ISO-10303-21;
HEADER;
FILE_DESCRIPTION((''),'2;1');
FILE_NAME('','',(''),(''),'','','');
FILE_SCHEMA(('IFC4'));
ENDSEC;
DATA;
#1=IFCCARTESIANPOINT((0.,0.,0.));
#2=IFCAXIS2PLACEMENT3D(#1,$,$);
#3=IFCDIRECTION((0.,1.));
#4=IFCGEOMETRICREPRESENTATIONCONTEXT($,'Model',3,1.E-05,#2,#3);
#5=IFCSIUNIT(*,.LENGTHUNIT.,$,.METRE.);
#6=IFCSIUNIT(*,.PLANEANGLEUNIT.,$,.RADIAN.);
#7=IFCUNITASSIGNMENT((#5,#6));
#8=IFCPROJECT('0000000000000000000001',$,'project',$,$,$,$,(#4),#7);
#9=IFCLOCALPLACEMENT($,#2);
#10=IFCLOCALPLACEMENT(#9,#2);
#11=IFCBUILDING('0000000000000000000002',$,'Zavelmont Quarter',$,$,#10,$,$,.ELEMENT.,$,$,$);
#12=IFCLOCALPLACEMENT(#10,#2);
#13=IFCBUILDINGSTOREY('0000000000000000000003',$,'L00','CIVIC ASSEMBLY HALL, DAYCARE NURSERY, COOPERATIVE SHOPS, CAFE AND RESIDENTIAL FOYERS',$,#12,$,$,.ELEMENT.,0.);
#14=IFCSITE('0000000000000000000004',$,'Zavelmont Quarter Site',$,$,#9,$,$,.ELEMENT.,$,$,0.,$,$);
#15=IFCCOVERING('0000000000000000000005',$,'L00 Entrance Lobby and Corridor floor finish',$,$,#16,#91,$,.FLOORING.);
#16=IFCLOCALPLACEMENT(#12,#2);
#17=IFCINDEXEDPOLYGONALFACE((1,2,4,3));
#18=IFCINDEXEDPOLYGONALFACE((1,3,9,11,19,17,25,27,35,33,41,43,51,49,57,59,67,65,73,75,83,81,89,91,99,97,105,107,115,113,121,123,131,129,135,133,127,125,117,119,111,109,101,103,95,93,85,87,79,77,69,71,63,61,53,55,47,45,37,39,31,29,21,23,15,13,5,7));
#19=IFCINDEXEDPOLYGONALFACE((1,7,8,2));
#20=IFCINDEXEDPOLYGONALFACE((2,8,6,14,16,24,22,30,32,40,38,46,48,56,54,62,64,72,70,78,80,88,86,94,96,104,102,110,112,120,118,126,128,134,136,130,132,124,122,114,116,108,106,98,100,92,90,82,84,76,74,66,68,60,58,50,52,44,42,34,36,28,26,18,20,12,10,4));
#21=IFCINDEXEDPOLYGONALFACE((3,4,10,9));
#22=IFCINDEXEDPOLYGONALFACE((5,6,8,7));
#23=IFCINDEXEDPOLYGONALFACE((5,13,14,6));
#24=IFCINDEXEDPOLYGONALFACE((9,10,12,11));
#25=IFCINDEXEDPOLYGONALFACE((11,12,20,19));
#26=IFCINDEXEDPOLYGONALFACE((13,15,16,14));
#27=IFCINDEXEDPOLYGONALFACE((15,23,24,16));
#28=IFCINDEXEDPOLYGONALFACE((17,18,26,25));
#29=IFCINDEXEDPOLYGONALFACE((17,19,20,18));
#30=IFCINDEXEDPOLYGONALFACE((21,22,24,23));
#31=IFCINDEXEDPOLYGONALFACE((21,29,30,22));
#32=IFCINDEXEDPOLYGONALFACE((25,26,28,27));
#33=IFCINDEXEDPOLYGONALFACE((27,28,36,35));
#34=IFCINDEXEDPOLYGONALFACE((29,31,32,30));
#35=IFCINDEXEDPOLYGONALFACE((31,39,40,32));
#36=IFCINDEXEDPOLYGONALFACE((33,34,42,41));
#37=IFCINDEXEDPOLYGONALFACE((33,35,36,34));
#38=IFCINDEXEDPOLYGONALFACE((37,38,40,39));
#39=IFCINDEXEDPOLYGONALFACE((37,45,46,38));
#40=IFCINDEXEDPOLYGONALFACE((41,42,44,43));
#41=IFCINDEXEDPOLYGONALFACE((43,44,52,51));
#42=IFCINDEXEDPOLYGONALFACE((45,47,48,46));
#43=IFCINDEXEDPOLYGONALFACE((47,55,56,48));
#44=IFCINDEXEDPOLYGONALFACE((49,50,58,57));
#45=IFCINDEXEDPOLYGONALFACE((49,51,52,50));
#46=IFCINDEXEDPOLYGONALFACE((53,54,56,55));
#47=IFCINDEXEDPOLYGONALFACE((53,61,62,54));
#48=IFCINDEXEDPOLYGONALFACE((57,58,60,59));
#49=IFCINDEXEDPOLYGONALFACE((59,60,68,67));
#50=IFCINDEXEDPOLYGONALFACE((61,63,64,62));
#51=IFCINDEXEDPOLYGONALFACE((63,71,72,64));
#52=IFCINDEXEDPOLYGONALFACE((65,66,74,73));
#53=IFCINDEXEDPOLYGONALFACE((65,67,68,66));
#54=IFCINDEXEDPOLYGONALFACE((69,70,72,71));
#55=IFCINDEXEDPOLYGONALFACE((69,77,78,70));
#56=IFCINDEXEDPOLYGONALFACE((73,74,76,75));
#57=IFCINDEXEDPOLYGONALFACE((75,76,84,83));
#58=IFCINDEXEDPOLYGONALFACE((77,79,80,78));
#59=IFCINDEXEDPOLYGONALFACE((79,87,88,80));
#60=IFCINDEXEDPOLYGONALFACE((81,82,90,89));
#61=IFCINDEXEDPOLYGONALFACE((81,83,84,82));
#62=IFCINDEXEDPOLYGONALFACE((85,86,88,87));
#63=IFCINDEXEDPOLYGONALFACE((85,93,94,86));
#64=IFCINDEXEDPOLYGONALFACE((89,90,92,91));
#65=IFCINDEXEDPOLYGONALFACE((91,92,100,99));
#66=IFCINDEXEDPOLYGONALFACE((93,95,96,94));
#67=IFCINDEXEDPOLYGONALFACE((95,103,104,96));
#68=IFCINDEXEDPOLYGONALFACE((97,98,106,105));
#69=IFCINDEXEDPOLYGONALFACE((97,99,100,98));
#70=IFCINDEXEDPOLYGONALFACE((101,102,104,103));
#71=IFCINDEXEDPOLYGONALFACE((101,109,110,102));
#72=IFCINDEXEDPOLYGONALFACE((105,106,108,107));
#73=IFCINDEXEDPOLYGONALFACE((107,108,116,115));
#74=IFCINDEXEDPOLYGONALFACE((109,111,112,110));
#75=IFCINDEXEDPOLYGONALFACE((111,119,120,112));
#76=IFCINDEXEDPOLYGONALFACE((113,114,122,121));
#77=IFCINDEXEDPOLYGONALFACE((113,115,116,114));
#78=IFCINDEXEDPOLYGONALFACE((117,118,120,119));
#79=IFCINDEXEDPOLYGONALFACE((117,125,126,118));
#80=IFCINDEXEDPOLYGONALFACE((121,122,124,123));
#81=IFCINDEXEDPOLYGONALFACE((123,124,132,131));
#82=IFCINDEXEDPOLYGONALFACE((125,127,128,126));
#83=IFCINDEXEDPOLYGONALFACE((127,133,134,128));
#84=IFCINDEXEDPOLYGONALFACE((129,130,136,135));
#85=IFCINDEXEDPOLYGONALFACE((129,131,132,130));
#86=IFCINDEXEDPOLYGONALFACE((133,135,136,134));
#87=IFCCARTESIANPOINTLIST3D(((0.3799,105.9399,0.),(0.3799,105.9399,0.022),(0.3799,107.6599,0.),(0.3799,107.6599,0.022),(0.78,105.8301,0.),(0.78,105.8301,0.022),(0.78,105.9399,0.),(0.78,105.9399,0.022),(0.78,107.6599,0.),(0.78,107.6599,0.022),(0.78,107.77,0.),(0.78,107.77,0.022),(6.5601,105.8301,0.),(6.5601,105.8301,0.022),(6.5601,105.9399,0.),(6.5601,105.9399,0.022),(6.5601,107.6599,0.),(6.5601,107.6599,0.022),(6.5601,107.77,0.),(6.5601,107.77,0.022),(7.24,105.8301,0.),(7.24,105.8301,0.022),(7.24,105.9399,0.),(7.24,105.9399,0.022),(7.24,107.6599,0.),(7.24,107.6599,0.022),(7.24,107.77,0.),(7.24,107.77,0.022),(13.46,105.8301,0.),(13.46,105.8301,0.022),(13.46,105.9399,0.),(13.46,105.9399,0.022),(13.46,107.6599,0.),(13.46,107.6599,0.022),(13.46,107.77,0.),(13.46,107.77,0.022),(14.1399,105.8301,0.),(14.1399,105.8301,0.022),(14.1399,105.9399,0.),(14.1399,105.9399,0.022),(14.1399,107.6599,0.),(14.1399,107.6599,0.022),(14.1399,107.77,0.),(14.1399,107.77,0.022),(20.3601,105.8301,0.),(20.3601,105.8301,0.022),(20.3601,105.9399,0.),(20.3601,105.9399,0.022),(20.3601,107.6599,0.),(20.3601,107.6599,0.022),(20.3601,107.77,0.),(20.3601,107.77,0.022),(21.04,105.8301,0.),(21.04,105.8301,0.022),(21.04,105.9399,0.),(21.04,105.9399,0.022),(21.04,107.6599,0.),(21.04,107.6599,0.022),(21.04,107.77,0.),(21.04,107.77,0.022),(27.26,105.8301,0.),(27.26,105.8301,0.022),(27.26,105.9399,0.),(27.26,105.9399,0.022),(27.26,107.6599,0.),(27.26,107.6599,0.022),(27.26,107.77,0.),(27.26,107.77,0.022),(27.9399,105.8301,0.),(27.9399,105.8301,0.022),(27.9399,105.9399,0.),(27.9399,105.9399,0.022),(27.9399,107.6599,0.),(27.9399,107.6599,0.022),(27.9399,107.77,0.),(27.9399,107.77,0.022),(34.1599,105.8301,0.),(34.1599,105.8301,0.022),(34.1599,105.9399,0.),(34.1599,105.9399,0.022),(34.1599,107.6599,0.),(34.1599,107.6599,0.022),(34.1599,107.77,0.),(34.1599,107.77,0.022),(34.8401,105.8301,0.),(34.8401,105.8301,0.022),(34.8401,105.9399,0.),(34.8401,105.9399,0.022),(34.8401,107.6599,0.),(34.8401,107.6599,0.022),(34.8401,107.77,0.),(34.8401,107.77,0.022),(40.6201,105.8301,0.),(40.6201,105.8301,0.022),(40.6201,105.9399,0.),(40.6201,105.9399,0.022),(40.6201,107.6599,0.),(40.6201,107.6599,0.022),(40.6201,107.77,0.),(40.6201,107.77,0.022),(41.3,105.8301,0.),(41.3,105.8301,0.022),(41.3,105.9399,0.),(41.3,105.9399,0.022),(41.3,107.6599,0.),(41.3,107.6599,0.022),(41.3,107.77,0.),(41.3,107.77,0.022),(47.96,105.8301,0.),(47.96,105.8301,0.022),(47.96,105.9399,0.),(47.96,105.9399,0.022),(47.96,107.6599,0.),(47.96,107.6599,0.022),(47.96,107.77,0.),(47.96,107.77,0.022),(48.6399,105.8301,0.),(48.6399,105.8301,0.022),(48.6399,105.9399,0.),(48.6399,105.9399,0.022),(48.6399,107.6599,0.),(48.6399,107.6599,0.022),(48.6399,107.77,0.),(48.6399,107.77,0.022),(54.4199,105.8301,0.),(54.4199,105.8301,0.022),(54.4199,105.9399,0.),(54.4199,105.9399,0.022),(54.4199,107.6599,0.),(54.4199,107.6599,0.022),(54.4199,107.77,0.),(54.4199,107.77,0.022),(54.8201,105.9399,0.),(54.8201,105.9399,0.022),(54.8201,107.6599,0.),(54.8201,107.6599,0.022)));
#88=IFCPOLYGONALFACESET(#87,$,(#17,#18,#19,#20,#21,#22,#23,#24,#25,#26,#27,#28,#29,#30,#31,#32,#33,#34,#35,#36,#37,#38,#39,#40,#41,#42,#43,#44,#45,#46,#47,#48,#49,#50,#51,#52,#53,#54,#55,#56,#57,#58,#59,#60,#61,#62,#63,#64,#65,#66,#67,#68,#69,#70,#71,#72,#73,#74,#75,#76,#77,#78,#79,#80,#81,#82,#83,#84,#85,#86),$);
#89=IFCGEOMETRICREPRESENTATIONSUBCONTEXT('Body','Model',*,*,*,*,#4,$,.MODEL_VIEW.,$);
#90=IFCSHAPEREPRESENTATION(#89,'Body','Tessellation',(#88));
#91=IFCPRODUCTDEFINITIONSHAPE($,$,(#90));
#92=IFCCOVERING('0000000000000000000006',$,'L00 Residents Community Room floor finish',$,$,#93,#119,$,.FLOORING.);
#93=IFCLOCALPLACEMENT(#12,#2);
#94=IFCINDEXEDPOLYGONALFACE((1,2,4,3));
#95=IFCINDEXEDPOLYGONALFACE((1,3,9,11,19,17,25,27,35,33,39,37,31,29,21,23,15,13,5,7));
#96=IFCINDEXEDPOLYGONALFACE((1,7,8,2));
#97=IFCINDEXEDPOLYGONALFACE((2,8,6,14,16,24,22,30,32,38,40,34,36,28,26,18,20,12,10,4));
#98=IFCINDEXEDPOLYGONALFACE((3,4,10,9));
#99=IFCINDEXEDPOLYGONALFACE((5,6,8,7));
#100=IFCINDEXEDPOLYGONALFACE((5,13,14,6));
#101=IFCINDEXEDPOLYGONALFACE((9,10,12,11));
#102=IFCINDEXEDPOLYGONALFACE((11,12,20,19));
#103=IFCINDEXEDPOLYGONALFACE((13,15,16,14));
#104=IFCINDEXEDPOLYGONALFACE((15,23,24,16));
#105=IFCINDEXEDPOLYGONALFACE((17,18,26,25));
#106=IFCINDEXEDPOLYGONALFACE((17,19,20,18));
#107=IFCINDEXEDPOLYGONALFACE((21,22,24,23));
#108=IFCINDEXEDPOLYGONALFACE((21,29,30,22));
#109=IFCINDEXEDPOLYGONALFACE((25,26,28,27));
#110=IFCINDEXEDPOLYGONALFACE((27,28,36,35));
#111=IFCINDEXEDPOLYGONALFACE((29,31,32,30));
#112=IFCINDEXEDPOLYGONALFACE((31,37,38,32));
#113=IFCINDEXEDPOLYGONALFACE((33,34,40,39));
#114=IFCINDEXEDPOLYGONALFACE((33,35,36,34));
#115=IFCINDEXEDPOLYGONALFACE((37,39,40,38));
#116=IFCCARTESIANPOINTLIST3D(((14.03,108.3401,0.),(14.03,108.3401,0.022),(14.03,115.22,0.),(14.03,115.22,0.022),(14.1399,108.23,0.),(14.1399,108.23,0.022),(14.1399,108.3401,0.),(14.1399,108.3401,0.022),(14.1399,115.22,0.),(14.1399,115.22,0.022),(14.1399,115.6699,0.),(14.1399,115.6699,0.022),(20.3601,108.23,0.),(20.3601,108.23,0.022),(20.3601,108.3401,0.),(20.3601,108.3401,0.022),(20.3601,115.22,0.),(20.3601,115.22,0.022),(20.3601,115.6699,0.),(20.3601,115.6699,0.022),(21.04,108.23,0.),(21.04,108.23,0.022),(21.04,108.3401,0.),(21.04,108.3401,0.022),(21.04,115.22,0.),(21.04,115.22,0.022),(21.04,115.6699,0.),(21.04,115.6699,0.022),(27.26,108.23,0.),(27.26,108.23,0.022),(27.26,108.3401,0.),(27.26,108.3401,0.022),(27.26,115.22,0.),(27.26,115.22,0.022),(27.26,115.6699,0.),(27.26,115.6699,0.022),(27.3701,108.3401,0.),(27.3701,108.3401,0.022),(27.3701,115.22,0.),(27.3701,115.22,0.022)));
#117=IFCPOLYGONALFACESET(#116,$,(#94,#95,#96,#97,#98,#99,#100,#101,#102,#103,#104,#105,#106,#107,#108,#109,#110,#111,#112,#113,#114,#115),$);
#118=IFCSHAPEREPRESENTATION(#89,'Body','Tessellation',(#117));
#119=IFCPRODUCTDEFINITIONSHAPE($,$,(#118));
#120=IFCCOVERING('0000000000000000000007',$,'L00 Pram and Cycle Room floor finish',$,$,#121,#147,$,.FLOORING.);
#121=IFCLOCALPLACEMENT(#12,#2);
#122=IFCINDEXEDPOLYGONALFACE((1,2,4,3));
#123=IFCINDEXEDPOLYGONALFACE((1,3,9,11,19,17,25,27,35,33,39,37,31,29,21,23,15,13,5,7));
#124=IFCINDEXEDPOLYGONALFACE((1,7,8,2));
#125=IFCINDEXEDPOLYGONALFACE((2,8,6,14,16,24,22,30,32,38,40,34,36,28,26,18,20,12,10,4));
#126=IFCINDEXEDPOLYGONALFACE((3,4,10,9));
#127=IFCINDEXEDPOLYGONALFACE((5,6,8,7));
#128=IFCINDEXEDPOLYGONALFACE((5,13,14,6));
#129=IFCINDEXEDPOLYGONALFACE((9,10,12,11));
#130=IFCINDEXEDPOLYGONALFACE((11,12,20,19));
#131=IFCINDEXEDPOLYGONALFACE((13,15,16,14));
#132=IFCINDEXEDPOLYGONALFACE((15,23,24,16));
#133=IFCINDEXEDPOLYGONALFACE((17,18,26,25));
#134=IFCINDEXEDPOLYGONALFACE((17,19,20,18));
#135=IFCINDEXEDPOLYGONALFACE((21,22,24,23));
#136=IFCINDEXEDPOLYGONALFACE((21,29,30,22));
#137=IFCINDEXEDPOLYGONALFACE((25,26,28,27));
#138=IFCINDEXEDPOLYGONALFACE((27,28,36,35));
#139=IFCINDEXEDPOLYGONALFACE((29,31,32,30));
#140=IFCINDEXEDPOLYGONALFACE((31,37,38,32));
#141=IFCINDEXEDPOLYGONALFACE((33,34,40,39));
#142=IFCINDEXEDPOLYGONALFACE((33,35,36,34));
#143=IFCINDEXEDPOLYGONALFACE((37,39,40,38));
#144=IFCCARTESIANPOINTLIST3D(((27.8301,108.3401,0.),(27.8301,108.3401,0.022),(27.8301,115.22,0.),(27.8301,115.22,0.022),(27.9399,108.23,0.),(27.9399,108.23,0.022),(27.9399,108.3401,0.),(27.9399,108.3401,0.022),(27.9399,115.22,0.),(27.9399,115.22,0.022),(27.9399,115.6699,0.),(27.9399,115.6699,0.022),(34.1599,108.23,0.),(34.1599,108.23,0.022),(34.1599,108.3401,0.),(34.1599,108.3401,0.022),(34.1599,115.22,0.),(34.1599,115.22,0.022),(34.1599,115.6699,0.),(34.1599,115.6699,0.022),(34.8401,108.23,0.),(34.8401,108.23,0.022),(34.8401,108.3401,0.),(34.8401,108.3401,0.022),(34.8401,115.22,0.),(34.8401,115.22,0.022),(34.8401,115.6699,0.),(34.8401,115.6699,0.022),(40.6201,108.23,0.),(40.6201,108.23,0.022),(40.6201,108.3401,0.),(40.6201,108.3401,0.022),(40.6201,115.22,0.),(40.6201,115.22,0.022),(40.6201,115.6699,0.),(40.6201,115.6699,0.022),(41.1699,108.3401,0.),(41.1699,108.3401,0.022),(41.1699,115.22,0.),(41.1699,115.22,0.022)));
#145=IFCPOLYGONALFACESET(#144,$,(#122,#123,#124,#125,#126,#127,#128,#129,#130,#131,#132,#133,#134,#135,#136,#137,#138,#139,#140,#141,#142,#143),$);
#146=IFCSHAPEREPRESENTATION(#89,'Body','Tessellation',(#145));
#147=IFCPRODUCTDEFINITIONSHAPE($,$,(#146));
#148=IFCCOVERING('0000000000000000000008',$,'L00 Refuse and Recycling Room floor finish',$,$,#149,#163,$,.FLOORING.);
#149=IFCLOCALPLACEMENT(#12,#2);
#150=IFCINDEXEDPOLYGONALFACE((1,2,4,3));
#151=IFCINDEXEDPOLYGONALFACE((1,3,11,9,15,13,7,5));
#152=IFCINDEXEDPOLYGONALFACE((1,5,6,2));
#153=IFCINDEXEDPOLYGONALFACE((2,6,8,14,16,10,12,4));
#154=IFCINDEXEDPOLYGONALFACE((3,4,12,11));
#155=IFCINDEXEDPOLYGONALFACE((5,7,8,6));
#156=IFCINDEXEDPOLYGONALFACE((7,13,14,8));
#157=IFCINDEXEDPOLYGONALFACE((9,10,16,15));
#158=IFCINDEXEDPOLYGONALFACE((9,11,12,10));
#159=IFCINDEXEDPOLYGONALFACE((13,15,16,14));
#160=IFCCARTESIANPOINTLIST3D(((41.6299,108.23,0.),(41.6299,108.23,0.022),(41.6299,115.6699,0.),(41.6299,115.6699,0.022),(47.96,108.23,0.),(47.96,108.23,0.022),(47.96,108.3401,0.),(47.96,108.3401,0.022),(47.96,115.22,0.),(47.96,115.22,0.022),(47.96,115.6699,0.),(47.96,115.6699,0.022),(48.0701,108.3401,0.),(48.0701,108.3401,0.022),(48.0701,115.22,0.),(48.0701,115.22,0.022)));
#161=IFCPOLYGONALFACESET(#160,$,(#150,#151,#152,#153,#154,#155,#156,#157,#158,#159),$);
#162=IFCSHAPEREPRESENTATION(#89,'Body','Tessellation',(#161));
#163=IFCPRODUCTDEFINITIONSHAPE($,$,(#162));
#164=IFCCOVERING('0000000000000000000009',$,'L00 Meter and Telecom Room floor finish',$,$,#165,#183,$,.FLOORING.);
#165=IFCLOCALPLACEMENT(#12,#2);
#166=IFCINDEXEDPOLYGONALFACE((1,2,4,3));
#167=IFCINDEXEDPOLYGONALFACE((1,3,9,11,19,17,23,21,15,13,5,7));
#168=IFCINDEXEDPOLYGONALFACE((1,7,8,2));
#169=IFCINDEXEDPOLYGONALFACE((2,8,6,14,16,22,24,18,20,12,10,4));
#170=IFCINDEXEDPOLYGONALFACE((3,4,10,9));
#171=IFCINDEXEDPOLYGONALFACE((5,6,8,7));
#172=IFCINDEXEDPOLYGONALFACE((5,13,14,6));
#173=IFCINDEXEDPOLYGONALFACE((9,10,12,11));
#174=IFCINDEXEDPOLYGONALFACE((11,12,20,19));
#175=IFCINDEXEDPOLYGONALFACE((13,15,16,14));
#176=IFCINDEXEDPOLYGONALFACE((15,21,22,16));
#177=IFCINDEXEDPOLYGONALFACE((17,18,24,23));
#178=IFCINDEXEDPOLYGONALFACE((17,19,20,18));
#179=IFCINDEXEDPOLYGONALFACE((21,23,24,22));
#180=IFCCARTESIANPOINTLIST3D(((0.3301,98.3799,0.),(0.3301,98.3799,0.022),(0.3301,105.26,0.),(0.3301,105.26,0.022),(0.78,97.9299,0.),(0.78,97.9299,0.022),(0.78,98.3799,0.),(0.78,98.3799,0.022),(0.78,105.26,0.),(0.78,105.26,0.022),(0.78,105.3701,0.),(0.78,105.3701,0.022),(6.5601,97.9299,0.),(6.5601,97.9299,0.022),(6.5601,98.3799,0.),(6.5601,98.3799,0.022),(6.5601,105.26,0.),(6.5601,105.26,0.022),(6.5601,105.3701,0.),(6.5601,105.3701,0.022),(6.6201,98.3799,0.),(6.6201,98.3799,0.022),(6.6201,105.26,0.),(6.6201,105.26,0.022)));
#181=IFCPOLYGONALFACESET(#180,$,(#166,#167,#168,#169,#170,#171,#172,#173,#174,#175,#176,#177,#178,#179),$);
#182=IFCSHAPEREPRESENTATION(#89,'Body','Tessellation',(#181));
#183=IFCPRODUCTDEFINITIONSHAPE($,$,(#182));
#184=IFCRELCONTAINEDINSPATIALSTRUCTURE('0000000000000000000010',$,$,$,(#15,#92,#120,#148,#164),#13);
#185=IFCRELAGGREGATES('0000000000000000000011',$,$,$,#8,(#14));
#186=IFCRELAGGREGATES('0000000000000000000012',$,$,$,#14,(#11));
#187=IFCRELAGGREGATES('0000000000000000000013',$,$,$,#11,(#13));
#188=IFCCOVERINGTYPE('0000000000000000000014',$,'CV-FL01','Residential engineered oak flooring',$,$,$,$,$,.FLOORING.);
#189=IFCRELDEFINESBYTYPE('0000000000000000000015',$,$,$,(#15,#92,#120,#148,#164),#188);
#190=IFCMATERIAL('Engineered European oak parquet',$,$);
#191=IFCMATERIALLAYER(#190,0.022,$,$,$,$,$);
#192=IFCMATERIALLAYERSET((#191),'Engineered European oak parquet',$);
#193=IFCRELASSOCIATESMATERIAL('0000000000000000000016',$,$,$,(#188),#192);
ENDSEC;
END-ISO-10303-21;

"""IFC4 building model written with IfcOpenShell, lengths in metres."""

from ifc_helpers import new_model, si_unit, direction, origin, place, context, subcontext, project, spatial, polyline, outline, extrude, material, layer, layer_set, type_object, element, save


model = new_model("IFC4")

# Units and contexts
model_context = context("Model", 3, precision=1e-05, world=origin(), true_north=direction((0.0, 1.0)))
body_context = subcontext(model_context, "Body", "Model", "MODEL_VIEW")
ifc_project = project(units=[si_unit("LENGTHUNIT", "METRE"), si_unit("PLANEANGLEUNIT", "RADIAN")], contexts=[model_context])

# Site, building, storey
site_placement = place(None, origin())
site = spatial("IfcSite", under=ifc_project, at=site_placement, Name="Zavelmont Quarter Site", CompositionType="ELEMENT", RefElevation=0.0)
building_placement = place(site_placement, origin())
building = spatial("IfcBuilding", under=site, at=building_placement, Name="Zavelmont Quarter", CompositionType="ELEMENT")
storey_placement = place(building_placement, origin())
storey = spatial("IfcBuildingStorey", under=building, at=storey_placement, Name="L00", Description="CIVIC ASSEMBLY HALL, DAYCARE NURSERY, COOPERATIVE SHOPS, CAFE AND RESIDENTIAL FOYERS", CompositionType="ELEMENT", Elevation=0.0)

# Coverings
ifc_material_1 = material(Name="Engineered European oak parquet")
ifc_layer_1 = layer(ifc_material_1, 0.022)
ifc_layer_set_1 = layer_set([ifc_layer_1], Name="Engineered European oak parquet")
covering_type_1 = type_object("IfcCoveringType", Name="CV-FL01", Description="Residential engineered oak flooring", PredefinedType="FLOORING", material=ifc_layer_set_1)
covering_1_placement = place(storey_placement, origin())
element("IfcCovering", 1, at=covering_1_placement, inside=storey, type_object=covering_type_1, Name="L00 Entrance Lobby and Corridor floor finish", PredefinedType="FLOORING", context=body_context, shape_type="SweptSolid", body=[
    extrude(outline(polyline([(0.3799, 107.6599), (0.78, 107.6599), (0.78, 107.77), (6.5601, 107.77), (6.5601, 107.6599), (7.24, 107.6599), (7.24, 107.77), (13.46, 107.77), (13.46, 107.6599), (14.1399, 107.6599), (14.1399, 107.77), (20.3601, 107.77), (20.3601, 107.6599), (21.04, 107.6599), (21.04, 107.77), (27.26, 107.77), (27.26, 107.6599), (27.9399, 107.6599), (27.9399, 107.77), (34.1599, 107.77), (34.1599, 107.6599), (34.8401, 107.6599), (34.8401, 107.77), (40.6201, 107.77), (40.6201, 107.6599), (41.3, 107.6599), (41.3, 107.77), (47.96, 107.77), (47.96, 107.6599), (48.6399, 107.6599), (48.6399, 107.77), (54.4199, 107.77), (54.4199, 107.6599), (54.8201, 107.6599), (54.8201, 105.9399), (54.4199, 105.9399), (54.4199, 105.8301), (48.6399, 105.8301), (48.6399, 105.9399), (47.96, 105.9399), (47.96, 105.8301), (41.3, 105.8301), (41.3, 105.9399), (40.6201, 105.9399), (40.6201, 105.8301), (34.8401, 105.8301), (34.8401, 105.9399), (34.1599, 105.9399), (34.1599, 105.8301), (27.9399, 105.8301), (27.9399, 105.9399), (27.26, 105.9399), (27.26, 105.8301), (21.04, 105.8301), (21.04, 105.9399), (20.3601, 105.9399), (20.3601, 105.8301), (14.1399, 105.8301), (14.1399, 105.9399), (13.46, 105.9399), (13.46, 105.8301), (7.24, 105.8301), (7.24, 105.9399), (6.5601, 105.9399), (6.5601, 105.8301), (0.78, 105.8301), (0.78, 105.9399), (0.3799, 105.9399), (0.3799, 107.6599)])), origin(), (0.0, 0.0, 1.0), 0.022),
])
covering_2_placement = place(storey_placement, origin())
element("IfcCovering", 2, at=covering_2_placement, inside=storey, type_object=covering_type_1, Name="L00 Residents Community Room floor finish", PredefinedType="FLOORING", context=body_context, shape_type="SweptSolid", body=[
    extrude(outline(polyline([(14.03, 115.22), (14.1399, 115.22), (14.1399, 115.6699), (20.3601, 115.6699), (20.3601, 115.22), (21.04, 115.22), (21.04, 115.6699), (27.26, 115.6699), (27.26, 115.22), (27.3701, 115.22), (27.3701, 108.3401), (27.26, 108.3401), (27.26, 108.23), (21.04, 108.23), (21.04, 108.3401), (20.3601, 108.3401), (20.3601, 108.23), (14.1399, 108.23), (14.1399, 108.3401), (14.03, 108.3401), (14.03, 115.22)])), origin(), (0.0, 0.0, 1.0), 0.022),
])
covering_3_placement = place(storey_placement, origin())
element("IfcCovering", 3, at=covering_3_placement, inside=storey, type_object=covering_type_1, Name="L00 Pram and Cycle Room floor finish", PredefinedType="FLOORING", context=body_context, shape_type="SweptSolid", body=[
    extrude(outline(polyline([(27.8301, 115.22), (27.9399, 115.22), (27.9399, 115.6699), (34.1599, 115.6699), (34.1599, 115.22), (34.8401, 115.22), (34.8401, 115.6699), (40.6201, 115.6699), (40.6201, 115.22), (41.1699, 115.22), (41.1699, 108.3401), (40.6201, 108.3401), (40.6201, 108.23), (34.8401, 108.23), (34.8401, 108.3401), (34.1599, 108.3401), (34.1599, 108.23), (27.9399, 108.23), (27.9399, 108.3401), (27.8301, 108.3401), (27.8301, 115.22)])), origin(), (0.0, 0.0, 1.0), 0.022),
])
covering_4_placement = place(storey_placement, origin())
element("IfcCovering", 4, at=covering_4_placement, inside=storey, type_object=covering_type_1, Name="L00 Refuse and Recycling Room floor finish", PredefinedType="FLOORING", context=body_context, shape_type="SweptSolid", body=[
    extrude(outline(polyline([(41.6299, 115.6699), (47.96, 115.6699), (47.96, 115.22), (48.0701, 115.22), (48.0701, 108.3401), (47.96, 108.3401), (47.96, 108.23), (41.6299, 108.23), (41.6299, 115.6699)])), origin(), (0.0, 0.0, 1.0), 0.022),
])
covering_5_placement = place(storey_placement, origin())
element("IfcCovering", 5, at=covering_5_placement, inside=storey, type_object=covering_type_1, Name="L00 Meter and Telecom Room floor finish", PredefinedType="FLOORING", context=body_context, shape_type="SweptSolid", body=[
    extrude(outline(polyline([(0.3301, 105.26), (0.78, 105.26), (0.78, 105.3701), (6.5601, 105.3701), (6.5601, 105.26), (6.6201, 105.26), (6.6201, 98.3799), (6.5601, 98.3799), (6.5601, 97.9299), (0.78, 97.9299), (0.78, 98.3799), (0.3301, 98.3799), (0.3301, 105.26)])), origin(), (0.0, 0.0, 1.0), 0.022),
])

save(model, "model.ifc")
